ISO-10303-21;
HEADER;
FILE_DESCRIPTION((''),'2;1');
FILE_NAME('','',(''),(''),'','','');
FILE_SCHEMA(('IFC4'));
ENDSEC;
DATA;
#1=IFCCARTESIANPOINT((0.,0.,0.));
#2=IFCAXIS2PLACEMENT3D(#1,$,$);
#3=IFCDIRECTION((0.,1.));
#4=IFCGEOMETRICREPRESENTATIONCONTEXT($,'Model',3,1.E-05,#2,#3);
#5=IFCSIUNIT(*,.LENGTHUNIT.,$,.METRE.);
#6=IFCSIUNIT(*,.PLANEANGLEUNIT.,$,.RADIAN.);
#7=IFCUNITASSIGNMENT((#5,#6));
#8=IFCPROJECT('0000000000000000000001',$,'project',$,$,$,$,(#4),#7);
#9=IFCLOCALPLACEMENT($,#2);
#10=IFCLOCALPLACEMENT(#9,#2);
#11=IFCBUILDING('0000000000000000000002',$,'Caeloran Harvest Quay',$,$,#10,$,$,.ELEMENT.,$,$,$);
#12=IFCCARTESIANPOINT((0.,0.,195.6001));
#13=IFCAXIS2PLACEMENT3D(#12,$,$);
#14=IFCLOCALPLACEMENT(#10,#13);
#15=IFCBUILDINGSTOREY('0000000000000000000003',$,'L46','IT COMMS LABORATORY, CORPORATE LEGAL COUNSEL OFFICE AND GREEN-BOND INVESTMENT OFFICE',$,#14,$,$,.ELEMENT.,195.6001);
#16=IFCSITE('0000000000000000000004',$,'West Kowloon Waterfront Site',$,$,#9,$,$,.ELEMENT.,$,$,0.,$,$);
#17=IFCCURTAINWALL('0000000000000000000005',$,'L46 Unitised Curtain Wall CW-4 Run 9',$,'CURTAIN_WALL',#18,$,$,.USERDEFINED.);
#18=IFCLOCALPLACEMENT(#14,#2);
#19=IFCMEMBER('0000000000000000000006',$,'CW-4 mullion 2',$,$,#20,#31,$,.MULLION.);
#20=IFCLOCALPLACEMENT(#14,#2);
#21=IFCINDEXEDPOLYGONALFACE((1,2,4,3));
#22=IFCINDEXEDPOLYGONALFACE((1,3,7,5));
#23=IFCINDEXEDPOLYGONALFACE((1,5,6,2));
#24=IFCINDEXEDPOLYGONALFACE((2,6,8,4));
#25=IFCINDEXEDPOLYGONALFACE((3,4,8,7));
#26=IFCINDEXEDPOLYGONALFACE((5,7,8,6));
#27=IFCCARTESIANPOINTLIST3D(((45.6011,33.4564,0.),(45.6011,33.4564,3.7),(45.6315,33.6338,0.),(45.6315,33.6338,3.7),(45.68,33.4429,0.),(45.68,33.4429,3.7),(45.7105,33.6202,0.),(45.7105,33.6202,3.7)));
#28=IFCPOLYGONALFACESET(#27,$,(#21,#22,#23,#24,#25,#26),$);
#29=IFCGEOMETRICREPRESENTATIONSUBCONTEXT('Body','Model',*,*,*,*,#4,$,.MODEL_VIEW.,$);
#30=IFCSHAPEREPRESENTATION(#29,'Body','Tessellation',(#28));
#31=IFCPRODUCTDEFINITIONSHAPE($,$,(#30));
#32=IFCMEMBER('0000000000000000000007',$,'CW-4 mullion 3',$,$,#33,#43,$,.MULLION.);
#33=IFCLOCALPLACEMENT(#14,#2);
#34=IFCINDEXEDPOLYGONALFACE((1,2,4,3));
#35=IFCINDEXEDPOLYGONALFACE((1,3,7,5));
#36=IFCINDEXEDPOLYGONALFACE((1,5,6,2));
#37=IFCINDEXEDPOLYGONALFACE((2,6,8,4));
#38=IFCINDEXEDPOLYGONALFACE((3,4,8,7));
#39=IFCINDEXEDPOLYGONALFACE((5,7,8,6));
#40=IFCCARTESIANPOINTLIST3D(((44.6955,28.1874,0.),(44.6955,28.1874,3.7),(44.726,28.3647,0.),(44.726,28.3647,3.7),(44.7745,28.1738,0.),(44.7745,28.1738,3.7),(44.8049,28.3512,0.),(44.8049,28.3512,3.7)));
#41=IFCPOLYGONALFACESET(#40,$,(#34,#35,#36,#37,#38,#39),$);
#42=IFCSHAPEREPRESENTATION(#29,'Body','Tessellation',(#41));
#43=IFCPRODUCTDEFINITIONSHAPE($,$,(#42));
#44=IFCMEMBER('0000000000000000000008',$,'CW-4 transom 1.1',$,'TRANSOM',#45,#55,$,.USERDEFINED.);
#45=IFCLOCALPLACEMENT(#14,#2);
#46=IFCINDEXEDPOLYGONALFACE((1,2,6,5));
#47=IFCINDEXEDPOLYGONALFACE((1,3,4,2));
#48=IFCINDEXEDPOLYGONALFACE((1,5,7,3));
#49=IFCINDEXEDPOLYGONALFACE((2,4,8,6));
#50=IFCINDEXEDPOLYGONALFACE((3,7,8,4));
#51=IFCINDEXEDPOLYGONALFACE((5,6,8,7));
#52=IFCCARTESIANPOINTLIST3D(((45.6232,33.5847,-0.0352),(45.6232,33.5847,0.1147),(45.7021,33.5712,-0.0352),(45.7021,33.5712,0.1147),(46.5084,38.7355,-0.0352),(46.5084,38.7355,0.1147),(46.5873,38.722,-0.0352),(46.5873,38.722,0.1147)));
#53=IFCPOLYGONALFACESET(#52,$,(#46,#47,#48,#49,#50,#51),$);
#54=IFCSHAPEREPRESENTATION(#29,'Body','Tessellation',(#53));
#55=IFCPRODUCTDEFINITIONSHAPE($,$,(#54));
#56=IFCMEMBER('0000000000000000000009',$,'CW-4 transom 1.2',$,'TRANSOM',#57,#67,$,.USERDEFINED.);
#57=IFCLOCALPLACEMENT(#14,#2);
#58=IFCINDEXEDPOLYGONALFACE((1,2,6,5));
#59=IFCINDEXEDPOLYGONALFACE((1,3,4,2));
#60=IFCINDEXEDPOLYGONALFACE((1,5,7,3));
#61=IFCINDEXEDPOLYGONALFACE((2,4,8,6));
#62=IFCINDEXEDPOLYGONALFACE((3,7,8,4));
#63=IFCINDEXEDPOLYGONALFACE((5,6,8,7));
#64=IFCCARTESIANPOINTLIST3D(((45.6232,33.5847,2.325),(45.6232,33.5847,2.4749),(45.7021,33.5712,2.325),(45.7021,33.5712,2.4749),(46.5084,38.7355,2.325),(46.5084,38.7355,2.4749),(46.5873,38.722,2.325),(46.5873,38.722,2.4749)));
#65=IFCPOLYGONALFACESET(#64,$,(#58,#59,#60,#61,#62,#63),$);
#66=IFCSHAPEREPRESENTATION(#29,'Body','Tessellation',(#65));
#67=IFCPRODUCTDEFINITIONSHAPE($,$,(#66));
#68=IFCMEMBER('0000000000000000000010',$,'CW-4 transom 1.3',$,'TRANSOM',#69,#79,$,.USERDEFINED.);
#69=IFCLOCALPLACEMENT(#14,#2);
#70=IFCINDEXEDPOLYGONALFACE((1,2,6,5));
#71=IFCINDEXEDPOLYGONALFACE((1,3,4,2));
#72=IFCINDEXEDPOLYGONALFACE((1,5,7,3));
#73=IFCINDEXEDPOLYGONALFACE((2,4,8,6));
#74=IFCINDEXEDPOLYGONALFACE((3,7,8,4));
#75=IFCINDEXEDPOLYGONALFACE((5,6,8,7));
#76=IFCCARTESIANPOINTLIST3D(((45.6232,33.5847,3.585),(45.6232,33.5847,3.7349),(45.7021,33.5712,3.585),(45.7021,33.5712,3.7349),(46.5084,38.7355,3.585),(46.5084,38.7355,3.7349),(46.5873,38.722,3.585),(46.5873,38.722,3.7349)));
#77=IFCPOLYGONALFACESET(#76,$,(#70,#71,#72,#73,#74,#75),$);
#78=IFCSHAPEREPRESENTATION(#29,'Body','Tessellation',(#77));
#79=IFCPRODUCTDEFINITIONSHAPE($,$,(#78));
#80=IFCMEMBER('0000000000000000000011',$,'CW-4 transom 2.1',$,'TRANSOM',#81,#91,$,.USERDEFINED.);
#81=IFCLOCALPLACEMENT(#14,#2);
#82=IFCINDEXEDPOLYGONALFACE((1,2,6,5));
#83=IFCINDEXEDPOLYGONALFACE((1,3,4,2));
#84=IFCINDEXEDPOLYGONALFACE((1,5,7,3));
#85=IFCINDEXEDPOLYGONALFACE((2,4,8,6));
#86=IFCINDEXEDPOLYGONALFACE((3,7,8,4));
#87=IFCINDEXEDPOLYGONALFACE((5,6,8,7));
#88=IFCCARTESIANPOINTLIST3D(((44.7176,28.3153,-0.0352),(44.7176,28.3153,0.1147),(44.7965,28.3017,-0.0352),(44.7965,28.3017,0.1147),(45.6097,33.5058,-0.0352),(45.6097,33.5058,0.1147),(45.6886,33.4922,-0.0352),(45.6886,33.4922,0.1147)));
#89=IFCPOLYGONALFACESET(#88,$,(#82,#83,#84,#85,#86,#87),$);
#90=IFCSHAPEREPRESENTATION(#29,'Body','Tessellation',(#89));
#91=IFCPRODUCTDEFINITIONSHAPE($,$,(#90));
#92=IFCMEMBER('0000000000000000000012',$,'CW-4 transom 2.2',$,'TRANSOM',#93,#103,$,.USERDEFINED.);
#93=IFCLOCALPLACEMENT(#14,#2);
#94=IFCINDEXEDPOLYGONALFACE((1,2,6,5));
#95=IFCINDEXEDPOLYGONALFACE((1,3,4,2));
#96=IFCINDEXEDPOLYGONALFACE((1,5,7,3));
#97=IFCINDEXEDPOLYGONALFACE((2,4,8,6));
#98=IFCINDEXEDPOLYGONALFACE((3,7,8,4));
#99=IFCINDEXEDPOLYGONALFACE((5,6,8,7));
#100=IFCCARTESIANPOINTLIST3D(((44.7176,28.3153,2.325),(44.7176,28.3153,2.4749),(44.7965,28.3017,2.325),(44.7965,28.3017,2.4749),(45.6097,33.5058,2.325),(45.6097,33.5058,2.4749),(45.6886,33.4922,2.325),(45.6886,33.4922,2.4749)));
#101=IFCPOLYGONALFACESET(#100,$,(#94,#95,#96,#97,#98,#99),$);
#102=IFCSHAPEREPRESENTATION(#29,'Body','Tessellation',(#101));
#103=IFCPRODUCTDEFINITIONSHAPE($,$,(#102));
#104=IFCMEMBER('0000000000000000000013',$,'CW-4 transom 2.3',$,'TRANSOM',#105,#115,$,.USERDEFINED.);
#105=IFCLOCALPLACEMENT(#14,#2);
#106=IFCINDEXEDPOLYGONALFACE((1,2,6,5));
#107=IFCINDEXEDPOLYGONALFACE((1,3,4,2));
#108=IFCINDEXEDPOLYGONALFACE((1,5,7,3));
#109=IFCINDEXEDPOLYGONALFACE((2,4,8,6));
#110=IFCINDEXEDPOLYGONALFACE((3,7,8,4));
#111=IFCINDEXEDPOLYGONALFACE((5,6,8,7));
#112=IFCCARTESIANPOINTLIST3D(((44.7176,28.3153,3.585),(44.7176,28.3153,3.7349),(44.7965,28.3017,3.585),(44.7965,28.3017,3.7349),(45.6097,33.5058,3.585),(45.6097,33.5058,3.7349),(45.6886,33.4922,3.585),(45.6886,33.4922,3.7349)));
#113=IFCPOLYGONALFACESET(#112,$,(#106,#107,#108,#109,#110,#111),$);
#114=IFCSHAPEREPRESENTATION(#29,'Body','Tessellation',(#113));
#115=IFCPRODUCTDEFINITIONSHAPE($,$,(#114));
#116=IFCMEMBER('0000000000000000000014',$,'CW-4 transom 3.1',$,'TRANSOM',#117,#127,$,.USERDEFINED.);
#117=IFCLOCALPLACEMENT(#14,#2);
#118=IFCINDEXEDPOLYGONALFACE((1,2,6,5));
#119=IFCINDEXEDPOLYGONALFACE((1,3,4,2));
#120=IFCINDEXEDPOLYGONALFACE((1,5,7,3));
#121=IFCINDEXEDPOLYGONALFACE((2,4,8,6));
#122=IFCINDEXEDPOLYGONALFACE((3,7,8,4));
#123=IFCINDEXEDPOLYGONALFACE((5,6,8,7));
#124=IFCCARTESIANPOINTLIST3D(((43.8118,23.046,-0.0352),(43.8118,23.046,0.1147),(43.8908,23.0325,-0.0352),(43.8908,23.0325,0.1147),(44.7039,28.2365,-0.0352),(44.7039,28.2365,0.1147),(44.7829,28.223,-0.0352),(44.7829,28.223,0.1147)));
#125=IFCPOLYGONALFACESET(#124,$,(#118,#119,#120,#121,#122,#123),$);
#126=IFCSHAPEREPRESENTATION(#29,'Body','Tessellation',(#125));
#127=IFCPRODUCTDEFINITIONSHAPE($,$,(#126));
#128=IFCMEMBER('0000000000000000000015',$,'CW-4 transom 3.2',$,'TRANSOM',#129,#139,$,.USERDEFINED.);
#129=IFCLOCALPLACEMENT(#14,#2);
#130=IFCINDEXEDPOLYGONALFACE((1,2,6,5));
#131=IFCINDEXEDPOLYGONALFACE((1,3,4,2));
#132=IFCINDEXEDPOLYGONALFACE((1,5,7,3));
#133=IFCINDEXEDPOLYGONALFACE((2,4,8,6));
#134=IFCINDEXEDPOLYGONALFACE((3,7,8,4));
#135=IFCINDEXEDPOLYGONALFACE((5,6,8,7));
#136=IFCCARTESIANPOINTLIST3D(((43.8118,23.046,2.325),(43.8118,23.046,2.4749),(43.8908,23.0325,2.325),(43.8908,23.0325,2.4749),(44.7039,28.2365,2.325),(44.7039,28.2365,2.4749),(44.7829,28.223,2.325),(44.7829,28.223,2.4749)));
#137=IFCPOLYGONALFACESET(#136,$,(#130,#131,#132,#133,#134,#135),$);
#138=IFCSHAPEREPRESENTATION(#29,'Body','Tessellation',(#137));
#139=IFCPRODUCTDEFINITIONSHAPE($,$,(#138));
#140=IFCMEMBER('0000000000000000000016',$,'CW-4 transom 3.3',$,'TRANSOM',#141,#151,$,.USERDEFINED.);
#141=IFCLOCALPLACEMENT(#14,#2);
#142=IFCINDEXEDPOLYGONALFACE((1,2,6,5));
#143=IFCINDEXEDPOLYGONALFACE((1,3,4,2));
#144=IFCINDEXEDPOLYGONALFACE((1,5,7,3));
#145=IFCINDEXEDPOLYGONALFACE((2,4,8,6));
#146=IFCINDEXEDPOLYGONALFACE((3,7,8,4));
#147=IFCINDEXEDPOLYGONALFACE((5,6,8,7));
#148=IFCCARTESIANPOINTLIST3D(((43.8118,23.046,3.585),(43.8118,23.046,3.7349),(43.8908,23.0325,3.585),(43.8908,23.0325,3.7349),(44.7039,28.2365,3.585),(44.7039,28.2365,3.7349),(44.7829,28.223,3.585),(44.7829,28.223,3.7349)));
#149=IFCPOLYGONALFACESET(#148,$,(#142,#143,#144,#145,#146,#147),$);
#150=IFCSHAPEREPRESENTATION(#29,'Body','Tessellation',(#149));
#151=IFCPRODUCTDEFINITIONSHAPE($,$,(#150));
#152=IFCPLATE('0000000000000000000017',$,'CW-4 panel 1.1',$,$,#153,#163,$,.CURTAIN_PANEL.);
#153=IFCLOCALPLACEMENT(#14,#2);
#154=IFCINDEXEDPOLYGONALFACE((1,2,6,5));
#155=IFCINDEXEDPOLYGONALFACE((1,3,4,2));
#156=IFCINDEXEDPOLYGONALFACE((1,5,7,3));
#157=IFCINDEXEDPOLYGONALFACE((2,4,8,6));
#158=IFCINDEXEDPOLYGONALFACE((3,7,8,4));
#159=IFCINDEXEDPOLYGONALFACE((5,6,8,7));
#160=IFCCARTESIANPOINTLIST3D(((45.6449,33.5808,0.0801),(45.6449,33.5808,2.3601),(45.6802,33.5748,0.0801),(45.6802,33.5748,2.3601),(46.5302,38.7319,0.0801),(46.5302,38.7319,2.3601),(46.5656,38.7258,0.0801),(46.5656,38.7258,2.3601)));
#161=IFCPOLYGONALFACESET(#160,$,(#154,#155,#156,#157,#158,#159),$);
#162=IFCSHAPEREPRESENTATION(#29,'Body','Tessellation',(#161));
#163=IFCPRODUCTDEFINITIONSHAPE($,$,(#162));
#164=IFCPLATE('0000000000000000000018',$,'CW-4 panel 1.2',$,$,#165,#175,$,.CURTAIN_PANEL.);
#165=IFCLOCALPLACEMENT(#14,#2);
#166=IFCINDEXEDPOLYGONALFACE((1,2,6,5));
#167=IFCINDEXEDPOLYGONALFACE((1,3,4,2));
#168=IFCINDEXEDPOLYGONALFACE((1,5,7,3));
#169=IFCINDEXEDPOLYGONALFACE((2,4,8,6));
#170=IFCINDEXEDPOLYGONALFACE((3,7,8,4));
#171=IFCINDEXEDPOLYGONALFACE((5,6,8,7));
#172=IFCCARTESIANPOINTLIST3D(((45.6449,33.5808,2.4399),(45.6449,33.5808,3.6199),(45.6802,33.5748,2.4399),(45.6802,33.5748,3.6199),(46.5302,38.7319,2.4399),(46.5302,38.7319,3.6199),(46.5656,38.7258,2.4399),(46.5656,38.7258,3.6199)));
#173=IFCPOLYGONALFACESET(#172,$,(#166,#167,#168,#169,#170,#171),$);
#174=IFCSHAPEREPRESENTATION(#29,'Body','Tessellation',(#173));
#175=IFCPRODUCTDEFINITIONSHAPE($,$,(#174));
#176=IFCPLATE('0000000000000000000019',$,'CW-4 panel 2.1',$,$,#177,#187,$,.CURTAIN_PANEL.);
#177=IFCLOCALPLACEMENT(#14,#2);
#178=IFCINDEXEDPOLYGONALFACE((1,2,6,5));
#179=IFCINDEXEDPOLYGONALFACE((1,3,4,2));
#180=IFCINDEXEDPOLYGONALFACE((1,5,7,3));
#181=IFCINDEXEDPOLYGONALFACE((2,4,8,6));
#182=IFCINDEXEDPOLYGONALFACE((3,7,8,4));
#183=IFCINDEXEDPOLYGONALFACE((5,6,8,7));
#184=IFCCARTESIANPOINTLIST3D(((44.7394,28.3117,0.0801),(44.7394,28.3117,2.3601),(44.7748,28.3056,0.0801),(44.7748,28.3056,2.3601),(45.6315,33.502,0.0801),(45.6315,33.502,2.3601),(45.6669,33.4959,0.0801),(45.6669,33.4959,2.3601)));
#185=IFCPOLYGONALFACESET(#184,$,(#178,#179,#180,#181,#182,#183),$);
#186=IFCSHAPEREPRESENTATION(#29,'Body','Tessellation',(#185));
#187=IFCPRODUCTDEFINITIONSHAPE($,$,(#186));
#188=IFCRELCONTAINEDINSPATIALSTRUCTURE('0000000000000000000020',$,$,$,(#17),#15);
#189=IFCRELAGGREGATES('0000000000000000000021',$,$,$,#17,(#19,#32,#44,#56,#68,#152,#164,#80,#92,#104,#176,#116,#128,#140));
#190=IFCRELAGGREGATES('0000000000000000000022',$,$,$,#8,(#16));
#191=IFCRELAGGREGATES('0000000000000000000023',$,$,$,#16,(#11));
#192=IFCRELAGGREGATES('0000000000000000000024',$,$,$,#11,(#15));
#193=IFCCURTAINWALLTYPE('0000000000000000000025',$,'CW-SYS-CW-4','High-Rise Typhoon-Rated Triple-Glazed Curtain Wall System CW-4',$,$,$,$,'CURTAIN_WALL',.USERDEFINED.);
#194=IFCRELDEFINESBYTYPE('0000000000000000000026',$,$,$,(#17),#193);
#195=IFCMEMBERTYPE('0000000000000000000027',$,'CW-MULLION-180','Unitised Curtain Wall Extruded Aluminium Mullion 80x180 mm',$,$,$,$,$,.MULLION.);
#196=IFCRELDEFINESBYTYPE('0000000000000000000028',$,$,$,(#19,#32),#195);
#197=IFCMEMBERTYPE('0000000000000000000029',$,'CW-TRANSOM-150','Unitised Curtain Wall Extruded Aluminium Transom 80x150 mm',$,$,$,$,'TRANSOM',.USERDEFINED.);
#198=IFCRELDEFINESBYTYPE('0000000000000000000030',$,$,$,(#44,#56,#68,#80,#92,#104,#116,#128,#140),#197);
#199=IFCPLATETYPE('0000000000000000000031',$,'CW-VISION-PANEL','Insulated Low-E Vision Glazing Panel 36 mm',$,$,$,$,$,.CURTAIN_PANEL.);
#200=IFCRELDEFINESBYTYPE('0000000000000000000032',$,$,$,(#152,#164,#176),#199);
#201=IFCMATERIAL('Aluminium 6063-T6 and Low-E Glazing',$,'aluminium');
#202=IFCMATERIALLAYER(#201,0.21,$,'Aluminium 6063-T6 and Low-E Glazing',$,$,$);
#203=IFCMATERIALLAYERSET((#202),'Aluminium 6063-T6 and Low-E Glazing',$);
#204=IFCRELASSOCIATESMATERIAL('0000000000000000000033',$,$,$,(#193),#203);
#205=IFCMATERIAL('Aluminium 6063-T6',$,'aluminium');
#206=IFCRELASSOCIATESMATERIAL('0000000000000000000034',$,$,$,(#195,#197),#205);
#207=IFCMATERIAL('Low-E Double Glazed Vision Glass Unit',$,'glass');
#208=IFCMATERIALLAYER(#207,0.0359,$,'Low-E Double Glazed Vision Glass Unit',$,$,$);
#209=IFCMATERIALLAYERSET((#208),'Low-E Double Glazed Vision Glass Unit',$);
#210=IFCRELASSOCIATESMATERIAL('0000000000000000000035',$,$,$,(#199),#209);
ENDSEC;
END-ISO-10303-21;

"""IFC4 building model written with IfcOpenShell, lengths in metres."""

from ifc_helpers import new_model, si_unit, direction, frame, origin, origin_2d, place, context, subcontext, project, spatial, rectangle, extrude, material, layer, layer_set, material_profile, profile_set, type_object, element, aggregate, save


model = new_model("IFC4")

# Units and contexts
model_context = context("Model", 3, precision=1e-05, world=origin(), true_north=direction((0.0, 1.0)))
body_context = subcontext(model_context, "Body", "Model", "MODEL_VIEW")
ifc_project = project(units=[si_unit("LENGTHUNIT", "METRE"), si_unit("PLANEANGLEUNIT", "RADIAN")], contexts=[model_context])

# Site, building, storey
site_placement = place(None, origin())
site = spatial("IfcSite", under=ifc_project, at=site_placement, Name="West Kowloon Waterfront Site", CompositionType="ELEMENT", RefElevation=0.0)
building_placement = place(site_placement, origin())
building = spatial("IfcBuilding", under=site, at=building_placement, Name="Caeloran Harvest Quay", CompositionType="ELEMENT")
storey_placement = place(building_placement, frame((0.0, 0.0, 195.6001)))
storey = spatial("IfcBuildingStorey", under=building, at=storey_placement, Name="L46", Description="IT COMMS LABORATORY, CORPORATE LEGAL COUNSEL OFFICE AND GREEN-BOND INVESTMENT OFFICE", CompositionType="ELEMENT", Elevation=195.6001)

# Curtain wall, members, plates
ifc_material_1 = material(Name="Aluminium 6063-T6 and Low-E Glazing", Category="aluminium")
ifc_layer_1 = layer(ifc_material_1, 0.21, Name="Aluminium 6063-T6 and Low-E Glazing")
ifc_layer_set_1 = layer_set([ifc_layer_1], Name="Aluminium 6063-T6 and Low-E Glazing")
curtain_wall_type = type_object("IfcCurtainWallType", Name="CW-SYS-CW-4", Description="High-Rise Typhoon-Rated Triple-Glazed Curtain Wall System CW-4", ElementType="CURTAIN_WALL", PredefinedType="USERDEFINED", material=ifc_layer_set_1)
curtain_wall_placement = place(storey_placement, origin())
curtain_wall = element("IfcCurtainWall", 1, at=curtain_wall_placement, inside=storey, type_object=curtain_wall_type, Name="L46 Unitised Curtain Wall CW-4 Run 9", ObjectType="CURTAIN_WALL", PredefinedType="USERDEFINED")
ifc_material_2 = material(Name="Aluminium 6063-T6", Category="aluminium")
ifc_material_profile_1 = material_profile(ifc_material_2, rectangle(XDim=0.0801, YDim=0.1799, at=origin_2d()), Name="CW-MULLION-180")
ifc_profile_set_1 = profile_set([ifc_material_profile_1], Name="Aluminium 6063-T6")
member_type_1 = type_object("IfcMemberType", Name="CW-MULLION-180", Description="Unitised Curtain Wall Extruded Aluminium Mullion 80x180 mm", PredefinedType="MULLION", material=ifc_profile_set_1)
member_1_placement = place(storey_placement, frame((45.6558, 33.5383, 0.0), z_axis=(0.0, 0.0, 1.0), x_axis=(0.985549, -0.169392, 0.0)))
member_1 = element("IfcMember", 2, at=member_1_placement, type_object=member_type_1, Name="CW-4 mullion 2", PredefinedType="MULLION", context=body_context, shape_type="SweptSolid", body=[
    extrude(rectangle(XDim=0.0801, YDim=0.1799, at=origin_2d()), origin(), (0.0, 0.0, 1.0), 3.7),
])
member_2_placement = place(storey_placement, frame((44.7502, 28.2693, 0.0), z_axis=(0.0, 0.0, 1.0), x_axis=(0.985549, -0.169392, 0.0)))
member_2 = element("IfcMember", 3, at=member_2_placement, type_object=member_type_1, Name="CW-4 mullion 3", PredefinedType="MULLION", context=body_context, shape_type="SweptSolid", body=[
    extrude(rectangle(XDim=0.0801, YDim=0.1799, at=origin_2d()), origin(), (0.0, 0.0, 1.0), 3.7),
])
ifc_material_profile_2 = material_profile(ifc_material_2, rectangle(XDim=0.0801, YDim=0.1499, at=origin_2d()), Name="CW-TRANSOM-150")
ifc_profile_set_2 = profile_set([ifc_material_profile_2], Name="Aluminium 6063-T6")
member_type_2 = type_object("IfcMemberType", Name="CW-TRANSOM-150", Description="Unitised Curtain Wall Extruded Aluminium Transom 80x150 mm", ElementType="TRANSOM", PredefinedType="USERDEFINED", material=ifc_profile_set_2)
member_3_placement = place(storey_placement, frame((46.5479, 38.7288, 0.0398), z_axis=(-0.169381, -0.985551, 0.0), x_axis=(0.985551, -0.169381, 0.0)))
member_3 = element("IfcMember", 4, at=member_3_placement, type_object=member_type_2, Name="CW-4 transom 1.1", ObjectType="TRANSOM", PredefinedType="USERDEFINED", context=body_context, shape_type="SweptSolid", body=[
    extrude(rectangle(XDim=0.0801, YDim=0.1499, at=origin_2d()), origin(), (0.0, 0.0, 1.0), 5.2263),
])
member_4_placement = place(storey_placement, frame((46.5479, 38.7288, 2.3999), z_axis=(-0.169381, -0.985551, 0.0), x_axis=(0.985551, -0.169381, 0.0)))
member_4 = element("IfcMember", 5, at=member_4_placement, type_object=member_type_2, Name="CW-4 transom 1.2", ObjectType="TRANSOM", PredefinedType="USERDEFINED", context=body_context, shape_type="SweptSolid", body=[
    extrude(rectangle(XDim=0.0801, YDim=0.1499, at=origin_2d()), origin(), (0.0, 0.0, 1.0), 5.2263),
])
member_5_placement = place(storey_placement, frame((46.5479, 38.7288, 3.6599), z_axis=(-0.169381, -0.985551, 0.0), x_axis=(0.985551, -0.169381, 0.0)))
member_5 = element("IfcMember", 6, at=member_5_placement, type_object=member_type_2, Name="CW-4 transom 1.3", ObjectType="TRANSOM", PredefinedType="USERDEFINED", context=body_context, shape_type="SweptSolid", body=[
    extrude(rectangle(XDim=0.0801, YDim=0.1499, at=origin_2d()), origin(), (0.0, 0.0, 1.0), 5.2263),
])
member_6_placement = place(storey_placement, frame((45.6492, 33.499, 0.0398), z_axis=(-0.169388, -0.985549, 0.0), x_axis=(0.985549, -0.169388, 0.0)))
member_6 = element("IfcMember", 7, at=member_6_placement, type_object=member_type_2, Name="CW-4 transom 2.1", ObjectType="TRANSOM", PredefinedType="USERDEFINED", context=body_context, shape_type="SweptSolid", body=[
    extrude(rectangle(XDim=0.0801, YDim=0.1499, at=origin_2d()), origin(), (0.0, 0.0, 1.0), 5.2666),
])
member_7_placement = place(storey_placement, frame((45.6492, 33.499, 2.3999), z_axis=(-0.169388, -0.985549, 0.0), x_axis=(0.985549, -0.169388, 0.0)))
member_7 = element("IfcMember", 8, at=member_7_placement, type_object=member_type_2, Name="CW-4 transom 2.2", ObjectType="TRANSOM", PredefinedType="USERDEFINED", context=body_context, shape_type="SweptSolid", body=[
    extrude(rectangle(XDim=0.0801, YDim=0.1499, at=origin_2d()), origin(), (0.0, 0.0, 1.0), 5.2666),
])
member_8_placement = place(storey_placement, frame((45.6492, 33.499, 3.6599), z_axis=(-0.169388, -0.985549, 0.0), x_axis=(0.985549, -0.169388, 0.0)))
member_8 = element("IfcMember", 9, at=member_8_placement, type_object=member_type_2, Name="CW-4 transom 2.3", ObjectType="TRANSOM", PredefinedType="USERDEFINED", context=body_context, shape_type="SweptSolid", body=[
    extrude(rectangle(XDim=0.0801, YDim=0.1499, at=origin_2d()), origin(), (0.0, 0.0, 1.0), 5.2666),
])
member_9_placement = place(storey_placement, frame((44.7434, 28.2297, 0.0398), z_axis=(-0.169388, -0.985549, 0.0), x_axis=(0.985549, -0.169388, 0.0)))
member_9 = element("IfcMember", 10, at=member_9_placement, type_object=member_type_2, Name="CW-4 transom 3.1", ObjectType="TRANSOM", PredefinedType="USERDEFINED", context=body_context, shape_type="SweptSolid", body=[
    extrude(rectangle(XDim=0.0801, YDim=0.1499, at=origin_2d()), origin(), (0.0, 0.0, 1.0), 5.2666),
])
member_10_placement = place(storey_placement, frame((44.7434, 28.2297, 2.3999), z_axis=(-0.169388, -0.985549, 0.0), x_axis=(0.985549, -0.169388, 0.0)))
member_10 = element("IfcMember", 11, at=member_10_placement, type_object=member_type_2, Name="CW-4 transom 3.2", ObjectType="TRANSOM", PredefinedType="USERDEFINED", context=body_context, shape_type="SweptSolid", body=[
    extrude(rectangle(XDim=0.0801, YDim=0.1499, at=origin_2d()), origin(), (0.0, 0.0, 1.0), 5.2666),
])
member_11_placement = place(storey_placement, frame((44.7434, 28.2297, 3.6599), z_axis=(-0.169388, -0.985549, 0.0), x_axis=(0.985549, -0.169388, 0.0)))
member_11 = element("IfcMember", 12, at=member_11_placement, type_object=member_type_2, Name="CW-4 transom 3.3", ObjectType="TRANSOM", PredefinedType="USERDEFINED", context=body_context, shape_type="SweptSolid", body=[
    extrude(rectangle(XDim=0.0801, YDim=0.1499, at=origin_2d()), origin(), (0.0, 0.0, 1.0), 5.2666),
])
ifc_material_3 = material(Name="Low-E Double Glazed Vision Glass Unit", Category="glass")
ifc_layer_2 = layer(ifc_material_3, 0.0359, Name="Low-E Double Glazed Vision Glass Unit")
ifc_layer_set_2 = layer_set([ifc_layer_2], Name="Low-E Double Glazed Vision Glass Unit")
plate_type = type_object("IfcPlateType", Name="CW-VISION-PANEL", Description="Insulated Low-E Vision Glazing Panel 36 mm", PredefinedType="CURTAIN_PANEL", material=ifc_layer_set_2)
plate_1_placement = place(storey_placement, frame((46.1052, 36.1533, 0.0801), z_axis=(0.0, 0.0, 1.0), x_axis=(-0.169392, -0.985549, 0.0)))
plate_1 = element("IfcPlate", 13, at=plate_1_placement, type_object=plate_type, Name="CW-4 panel 1.1", PredefinedType="CURTAIN_PANEL", context=body_context, shape_type="SweptSolid", body=[
    extrude(rectangle(XDim=5.2266, YDim=0.0359, at=origin_2d()), origin(), (0.0, 0.0, 1.0), 2.28),
])
plate_2_placement = place(storey_placement, frame((46.1052, 36.1533, 2.4399), z_axis=(0.0, 0.0, 1.0), x_axis=(-0.169392, -0.985549, 0.0)))
plate_2 = element("IfcPlate", 14, at=plate_2_placement, type_object=plate_type, Name="CW-4 panel 1.2", PredefinedType="CURTAIN_PANEL", context=body_context, shape_type="SweptSolid", body=[
    extrude(rectangle(XDim=5.2266, YDim=0.0359, at=origin_2d()), origin(), (0.0, 0.0, 1.0), 1.1799),
])
plate_3_placement = place(storey_placement, frame((45.2031, 30.9038, 0.0801), z_axis=(0.0, 0.0, 1.0), x_axis=(-0.169392, -0.985549, 0.0)))
plate_3 = element("IfcPlate", 15, at=plate_3_placement, type_object=plate_type, Name="CW-4 panel 2.1", PredefinedType="CURTAIN_PANEL", context=body_context, shape_type="SweptSolid", body=[
    extrude(rectangle(XDim=5.2664, YDim=0.0359, at=origin_2d()), origin(), (0.0, 0.0, 1.0), 2.28),
])
aggregate(curtain_wall, [member_1, member_2, member_3, member_4, member_5, plate_1, plate_2, member_6, member_7, member_8, plate_3, member_9, member_10, member_11])

save(model, "model.ifc")
